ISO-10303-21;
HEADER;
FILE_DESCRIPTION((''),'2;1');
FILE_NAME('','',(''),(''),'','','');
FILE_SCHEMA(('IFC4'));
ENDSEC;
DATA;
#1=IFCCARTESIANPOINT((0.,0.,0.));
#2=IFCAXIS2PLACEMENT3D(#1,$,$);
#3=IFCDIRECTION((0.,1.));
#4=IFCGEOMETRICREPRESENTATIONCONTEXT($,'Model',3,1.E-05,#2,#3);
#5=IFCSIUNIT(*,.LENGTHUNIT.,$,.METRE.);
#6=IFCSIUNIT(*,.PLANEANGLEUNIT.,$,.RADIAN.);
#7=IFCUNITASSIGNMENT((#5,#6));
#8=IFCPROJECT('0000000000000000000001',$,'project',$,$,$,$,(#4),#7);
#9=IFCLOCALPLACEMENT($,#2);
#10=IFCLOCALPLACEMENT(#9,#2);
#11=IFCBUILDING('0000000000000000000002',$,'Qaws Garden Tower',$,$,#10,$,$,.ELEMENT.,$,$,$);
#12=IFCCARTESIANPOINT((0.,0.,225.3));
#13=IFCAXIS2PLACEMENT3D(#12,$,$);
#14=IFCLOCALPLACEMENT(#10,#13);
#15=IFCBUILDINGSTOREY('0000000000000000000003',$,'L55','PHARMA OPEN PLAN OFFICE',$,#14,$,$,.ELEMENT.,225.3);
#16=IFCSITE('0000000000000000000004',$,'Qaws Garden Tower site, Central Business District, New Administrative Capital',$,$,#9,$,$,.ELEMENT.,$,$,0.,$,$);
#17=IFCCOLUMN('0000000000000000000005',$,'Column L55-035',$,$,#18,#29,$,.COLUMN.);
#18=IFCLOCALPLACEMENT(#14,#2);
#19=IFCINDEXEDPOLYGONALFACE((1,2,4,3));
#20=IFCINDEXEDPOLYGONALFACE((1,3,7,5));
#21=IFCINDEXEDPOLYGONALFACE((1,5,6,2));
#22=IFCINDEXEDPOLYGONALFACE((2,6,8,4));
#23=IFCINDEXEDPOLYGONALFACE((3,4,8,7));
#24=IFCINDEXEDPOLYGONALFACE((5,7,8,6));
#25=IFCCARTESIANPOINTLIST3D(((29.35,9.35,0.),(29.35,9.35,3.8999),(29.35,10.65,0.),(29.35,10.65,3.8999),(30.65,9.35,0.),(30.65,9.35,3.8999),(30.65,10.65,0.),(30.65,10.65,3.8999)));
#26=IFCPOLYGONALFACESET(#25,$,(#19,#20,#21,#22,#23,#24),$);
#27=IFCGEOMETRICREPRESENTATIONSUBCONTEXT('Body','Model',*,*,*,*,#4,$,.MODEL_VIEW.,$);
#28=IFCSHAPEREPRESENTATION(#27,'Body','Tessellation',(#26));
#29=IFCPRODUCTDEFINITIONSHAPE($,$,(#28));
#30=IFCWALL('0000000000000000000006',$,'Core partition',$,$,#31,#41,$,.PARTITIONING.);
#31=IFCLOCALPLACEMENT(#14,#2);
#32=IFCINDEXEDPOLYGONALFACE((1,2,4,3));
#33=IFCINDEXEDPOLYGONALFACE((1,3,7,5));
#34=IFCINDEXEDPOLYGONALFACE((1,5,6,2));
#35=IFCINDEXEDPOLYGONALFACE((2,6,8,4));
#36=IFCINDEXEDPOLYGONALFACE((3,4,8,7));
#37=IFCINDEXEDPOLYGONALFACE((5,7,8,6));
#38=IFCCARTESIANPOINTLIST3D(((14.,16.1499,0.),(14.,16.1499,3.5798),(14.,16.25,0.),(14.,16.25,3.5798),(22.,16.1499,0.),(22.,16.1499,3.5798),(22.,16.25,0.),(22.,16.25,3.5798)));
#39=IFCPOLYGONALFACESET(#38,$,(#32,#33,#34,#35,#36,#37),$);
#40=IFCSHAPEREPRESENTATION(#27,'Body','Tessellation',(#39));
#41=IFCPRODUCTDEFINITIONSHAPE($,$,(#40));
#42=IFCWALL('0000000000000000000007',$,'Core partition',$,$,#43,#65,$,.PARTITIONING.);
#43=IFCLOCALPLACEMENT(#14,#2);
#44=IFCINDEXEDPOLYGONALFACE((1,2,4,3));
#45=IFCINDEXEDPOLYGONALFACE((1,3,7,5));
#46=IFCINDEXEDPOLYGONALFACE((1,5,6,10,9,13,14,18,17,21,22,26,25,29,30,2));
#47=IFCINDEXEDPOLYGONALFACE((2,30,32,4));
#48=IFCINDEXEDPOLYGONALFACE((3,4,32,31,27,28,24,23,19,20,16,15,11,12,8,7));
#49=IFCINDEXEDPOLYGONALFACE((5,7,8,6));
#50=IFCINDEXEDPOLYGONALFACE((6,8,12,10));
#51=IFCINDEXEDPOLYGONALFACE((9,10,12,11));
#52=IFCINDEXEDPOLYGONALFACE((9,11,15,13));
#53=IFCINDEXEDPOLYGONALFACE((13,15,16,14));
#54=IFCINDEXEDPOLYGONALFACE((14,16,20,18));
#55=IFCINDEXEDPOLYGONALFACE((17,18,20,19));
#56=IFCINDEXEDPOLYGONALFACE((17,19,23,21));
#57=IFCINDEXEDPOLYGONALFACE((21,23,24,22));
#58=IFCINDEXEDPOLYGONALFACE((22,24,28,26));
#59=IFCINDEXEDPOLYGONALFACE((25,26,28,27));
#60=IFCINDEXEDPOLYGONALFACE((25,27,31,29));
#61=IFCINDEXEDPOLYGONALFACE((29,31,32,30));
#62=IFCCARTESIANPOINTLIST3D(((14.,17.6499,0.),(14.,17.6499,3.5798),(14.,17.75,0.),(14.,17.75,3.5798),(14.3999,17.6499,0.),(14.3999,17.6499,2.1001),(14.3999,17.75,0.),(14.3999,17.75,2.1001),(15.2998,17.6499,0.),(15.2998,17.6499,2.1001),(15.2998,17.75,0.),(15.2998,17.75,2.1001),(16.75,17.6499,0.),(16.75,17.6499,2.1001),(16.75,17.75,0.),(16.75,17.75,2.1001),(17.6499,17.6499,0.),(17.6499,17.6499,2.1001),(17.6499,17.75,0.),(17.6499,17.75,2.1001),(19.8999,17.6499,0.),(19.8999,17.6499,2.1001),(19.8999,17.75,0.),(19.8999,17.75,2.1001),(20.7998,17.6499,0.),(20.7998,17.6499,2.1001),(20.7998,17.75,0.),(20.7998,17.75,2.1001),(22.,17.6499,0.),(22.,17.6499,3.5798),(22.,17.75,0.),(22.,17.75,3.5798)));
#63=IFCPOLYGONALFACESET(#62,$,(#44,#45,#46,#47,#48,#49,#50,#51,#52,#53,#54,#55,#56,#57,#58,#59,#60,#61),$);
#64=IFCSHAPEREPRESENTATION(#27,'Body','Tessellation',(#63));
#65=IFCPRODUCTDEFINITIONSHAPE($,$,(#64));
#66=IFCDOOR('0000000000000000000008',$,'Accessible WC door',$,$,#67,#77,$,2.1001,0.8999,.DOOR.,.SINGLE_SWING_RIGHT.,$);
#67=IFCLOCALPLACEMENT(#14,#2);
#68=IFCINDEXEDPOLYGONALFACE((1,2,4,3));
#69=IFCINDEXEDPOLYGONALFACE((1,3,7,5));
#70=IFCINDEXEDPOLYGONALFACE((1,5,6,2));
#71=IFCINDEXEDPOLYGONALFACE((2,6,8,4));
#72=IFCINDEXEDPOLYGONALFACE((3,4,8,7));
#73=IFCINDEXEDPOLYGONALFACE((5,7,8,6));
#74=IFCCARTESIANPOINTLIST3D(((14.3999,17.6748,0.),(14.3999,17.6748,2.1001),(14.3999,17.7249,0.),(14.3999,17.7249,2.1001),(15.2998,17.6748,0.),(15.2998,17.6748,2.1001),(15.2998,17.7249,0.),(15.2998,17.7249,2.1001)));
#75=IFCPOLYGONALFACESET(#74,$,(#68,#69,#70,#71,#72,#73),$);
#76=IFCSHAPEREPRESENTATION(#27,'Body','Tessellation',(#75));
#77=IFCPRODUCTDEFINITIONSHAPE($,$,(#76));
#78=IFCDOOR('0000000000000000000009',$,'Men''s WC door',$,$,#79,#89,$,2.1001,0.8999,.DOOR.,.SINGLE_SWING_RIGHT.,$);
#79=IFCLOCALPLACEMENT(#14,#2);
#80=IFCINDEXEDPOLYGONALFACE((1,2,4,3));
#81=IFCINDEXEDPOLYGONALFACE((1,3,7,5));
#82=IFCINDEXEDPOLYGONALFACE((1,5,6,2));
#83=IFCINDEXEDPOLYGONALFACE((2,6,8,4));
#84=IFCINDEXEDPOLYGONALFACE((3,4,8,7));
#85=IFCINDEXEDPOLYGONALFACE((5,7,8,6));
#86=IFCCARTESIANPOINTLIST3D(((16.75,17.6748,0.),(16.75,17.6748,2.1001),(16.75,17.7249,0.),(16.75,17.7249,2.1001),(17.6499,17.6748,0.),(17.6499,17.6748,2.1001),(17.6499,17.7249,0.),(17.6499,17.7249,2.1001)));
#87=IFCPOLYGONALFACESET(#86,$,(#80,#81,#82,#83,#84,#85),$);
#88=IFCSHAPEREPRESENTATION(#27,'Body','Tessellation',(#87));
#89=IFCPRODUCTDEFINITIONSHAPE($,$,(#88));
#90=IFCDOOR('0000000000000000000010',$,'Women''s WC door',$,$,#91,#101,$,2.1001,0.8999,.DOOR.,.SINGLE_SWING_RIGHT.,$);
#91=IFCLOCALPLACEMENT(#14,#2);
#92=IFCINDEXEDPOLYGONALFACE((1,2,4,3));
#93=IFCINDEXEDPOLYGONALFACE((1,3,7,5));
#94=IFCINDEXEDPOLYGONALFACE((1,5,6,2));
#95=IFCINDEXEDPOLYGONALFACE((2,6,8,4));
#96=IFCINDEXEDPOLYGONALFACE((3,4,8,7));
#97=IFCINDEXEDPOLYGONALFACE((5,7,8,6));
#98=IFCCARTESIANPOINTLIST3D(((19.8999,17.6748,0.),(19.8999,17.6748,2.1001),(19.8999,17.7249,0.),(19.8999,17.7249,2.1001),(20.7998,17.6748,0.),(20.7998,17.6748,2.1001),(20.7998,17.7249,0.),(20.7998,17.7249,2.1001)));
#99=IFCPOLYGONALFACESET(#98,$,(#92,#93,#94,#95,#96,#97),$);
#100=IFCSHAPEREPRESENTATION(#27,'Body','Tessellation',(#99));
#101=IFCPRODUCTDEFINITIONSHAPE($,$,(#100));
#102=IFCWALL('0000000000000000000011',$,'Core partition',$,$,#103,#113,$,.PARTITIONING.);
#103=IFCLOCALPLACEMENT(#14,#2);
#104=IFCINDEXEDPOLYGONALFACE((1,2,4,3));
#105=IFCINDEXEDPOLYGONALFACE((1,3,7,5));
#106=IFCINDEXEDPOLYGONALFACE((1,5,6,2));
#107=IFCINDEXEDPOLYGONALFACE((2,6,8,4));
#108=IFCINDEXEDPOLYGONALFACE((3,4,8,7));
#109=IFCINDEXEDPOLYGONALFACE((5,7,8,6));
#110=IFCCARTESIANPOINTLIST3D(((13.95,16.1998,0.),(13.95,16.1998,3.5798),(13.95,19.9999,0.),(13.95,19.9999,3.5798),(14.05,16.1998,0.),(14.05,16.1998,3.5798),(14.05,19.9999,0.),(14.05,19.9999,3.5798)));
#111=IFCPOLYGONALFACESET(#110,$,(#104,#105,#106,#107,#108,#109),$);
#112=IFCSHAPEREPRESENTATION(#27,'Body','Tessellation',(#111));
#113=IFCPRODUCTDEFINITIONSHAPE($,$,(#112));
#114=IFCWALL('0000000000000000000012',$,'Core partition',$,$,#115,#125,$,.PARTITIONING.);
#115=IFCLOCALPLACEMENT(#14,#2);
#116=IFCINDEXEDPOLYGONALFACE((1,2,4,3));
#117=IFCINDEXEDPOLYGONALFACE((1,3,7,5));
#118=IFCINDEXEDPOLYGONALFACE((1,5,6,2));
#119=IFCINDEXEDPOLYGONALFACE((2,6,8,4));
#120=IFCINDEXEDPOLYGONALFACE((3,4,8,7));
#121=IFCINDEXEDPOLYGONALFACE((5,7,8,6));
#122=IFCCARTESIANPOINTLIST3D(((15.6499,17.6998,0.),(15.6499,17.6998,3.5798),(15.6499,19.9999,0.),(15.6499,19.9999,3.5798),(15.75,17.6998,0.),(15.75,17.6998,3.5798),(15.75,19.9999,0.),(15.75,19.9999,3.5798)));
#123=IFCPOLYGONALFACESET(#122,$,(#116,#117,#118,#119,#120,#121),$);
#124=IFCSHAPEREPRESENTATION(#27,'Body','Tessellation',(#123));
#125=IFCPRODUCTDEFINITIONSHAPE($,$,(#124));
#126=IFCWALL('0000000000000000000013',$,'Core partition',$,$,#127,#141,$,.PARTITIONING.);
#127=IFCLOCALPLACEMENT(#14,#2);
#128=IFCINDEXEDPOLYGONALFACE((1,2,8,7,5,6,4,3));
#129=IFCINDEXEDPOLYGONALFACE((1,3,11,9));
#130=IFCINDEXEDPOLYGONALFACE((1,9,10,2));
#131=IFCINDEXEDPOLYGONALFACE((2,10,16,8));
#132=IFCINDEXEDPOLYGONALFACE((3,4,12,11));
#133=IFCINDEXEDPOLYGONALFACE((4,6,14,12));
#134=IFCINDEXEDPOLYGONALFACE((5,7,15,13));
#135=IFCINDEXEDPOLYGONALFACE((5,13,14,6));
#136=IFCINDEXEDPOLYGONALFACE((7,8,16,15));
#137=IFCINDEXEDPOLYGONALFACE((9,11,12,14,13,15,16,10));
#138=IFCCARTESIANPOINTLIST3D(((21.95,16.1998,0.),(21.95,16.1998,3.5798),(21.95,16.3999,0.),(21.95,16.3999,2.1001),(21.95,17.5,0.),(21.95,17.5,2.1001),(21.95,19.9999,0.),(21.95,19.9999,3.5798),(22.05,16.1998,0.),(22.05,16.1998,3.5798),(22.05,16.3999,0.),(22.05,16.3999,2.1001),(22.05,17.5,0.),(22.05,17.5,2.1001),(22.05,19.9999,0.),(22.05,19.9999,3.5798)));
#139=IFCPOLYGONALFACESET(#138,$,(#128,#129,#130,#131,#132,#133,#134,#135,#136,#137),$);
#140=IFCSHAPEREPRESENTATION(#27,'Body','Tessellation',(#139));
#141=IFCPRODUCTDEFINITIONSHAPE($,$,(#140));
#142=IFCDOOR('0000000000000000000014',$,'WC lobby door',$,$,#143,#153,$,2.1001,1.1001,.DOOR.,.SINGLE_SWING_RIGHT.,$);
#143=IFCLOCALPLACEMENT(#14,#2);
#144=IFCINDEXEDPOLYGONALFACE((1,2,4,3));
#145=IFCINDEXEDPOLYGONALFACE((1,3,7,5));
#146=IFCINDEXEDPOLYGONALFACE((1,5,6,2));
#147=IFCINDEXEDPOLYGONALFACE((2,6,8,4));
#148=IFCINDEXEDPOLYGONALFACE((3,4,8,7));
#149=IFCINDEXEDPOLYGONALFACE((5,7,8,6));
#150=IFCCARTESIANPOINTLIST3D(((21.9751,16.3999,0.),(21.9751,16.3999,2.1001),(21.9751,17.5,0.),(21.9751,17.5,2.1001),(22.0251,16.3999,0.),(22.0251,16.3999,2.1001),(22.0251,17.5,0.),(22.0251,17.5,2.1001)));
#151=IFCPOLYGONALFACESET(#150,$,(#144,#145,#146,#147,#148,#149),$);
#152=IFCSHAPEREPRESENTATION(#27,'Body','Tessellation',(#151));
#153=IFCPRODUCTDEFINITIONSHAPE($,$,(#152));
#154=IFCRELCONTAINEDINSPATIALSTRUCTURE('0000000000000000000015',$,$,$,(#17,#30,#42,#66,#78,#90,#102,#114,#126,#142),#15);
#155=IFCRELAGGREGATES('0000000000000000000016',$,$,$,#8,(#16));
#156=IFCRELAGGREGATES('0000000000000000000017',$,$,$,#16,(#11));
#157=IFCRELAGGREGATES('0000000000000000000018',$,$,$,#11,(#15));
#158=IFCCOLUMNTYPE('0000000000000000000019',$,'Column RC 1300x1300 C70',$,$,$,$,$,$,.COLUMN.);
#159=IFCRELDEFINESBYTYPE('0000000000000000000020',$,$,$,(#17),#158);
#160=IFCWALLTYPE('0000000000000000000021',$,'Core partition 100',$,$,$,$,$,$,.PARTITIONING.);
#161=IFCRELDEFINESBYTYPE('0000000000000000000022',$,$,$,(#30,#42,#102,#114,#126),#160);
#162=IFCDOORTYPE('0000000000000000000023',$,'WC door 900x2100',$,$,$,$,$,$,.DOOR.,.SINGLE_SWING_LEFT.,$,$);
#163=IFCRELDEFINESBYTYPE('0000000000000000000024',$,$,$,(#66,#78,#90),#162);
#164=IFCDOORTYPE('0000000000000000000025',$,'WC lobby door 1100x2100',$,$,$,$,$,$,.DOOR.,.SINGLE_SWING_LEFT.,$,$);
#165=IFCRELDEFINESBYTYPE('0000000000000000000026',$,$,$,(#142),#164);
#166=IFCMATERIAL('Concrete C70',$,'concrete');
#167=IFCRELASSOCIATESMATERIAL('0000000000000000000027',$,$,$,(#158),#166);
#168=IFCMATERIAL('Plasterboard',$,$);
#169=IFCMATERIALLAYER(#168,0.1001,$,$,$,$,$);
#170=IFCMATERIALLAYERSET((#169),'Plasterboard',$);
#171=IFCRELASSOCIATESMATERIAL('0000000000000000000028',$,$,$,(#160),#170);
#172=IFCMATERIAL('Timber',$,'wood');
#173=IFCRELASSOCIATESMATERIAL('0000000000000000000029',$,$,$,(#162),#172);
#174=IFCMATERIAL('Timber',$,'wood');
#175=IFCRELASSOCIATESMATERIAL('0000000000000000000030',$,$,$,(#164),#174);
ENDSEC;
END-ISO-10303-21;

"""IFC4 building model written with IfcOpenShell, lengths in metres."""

from ifc_helpers import new_model, si_unit, direction, frame, frame_2d, origin, origin_2d, place, context, subcontext, project, spatial, rectangle, extrude, material, layer, layer_set, material_profile, profile_set, type_object, element, fill, save


model = new_model("IFC4")

# Units and contexts
model_context = context("Model", 3, precision=1e-05, world=origin(), true_north=direction((0.0, 1.0)))
body_context = subcontext(model_context, "Body", "Model", "MODEL_VIEW")
ifc_project = project(units=[si_unit("LENGTHUNIT", "METRE"), si_unit("PLANEANGLEUNIT", "RADIAN")], contexts=[model_context])

# Site, building, storey
site_placement = place(None, origin())
site = spatial("IfcSite", under=ifc_project, at=site_placement, Name="Qaws Garden Tower site, Central Business District, New Administrative Capital", CompositionType="ELEMENT", RefElevation=0.0)
building_placement = place(site_placement, origin())
building = spatial("IfcBuilding", under=site, at=building_placement, Name="Qaws Garden Tower", CompositionType="ELEMENT")
storey_placement = place(building_placement, frame((0.0, 0.0, 225.3)))
storey = spatial("IfcBuildingStorey", under=building, at=storey_placement, Name="L55", Description="PHARMA OPEN PLAN OFFICE", CompositionType="ELEMENT", Elevation=225.3)

# Column
ifc_material_1 = material(Name="Concrete C70", Category="concrete")
ifc_material_profile = material_profile(ifc_material_1, rectangle(XDim=1.3, YDim=1.3, at=origin_2d()), Name="RC 1300x1300")
ifc_profile_set = profile_set([ifc_material_profile], Name="Concrete C70")
column_type = type_object("IfcColumnType", Name="Column RC 1300x1300 C70", PredefinedType="COLUMN", material=ifc_profile_set)
column_placement = place(storey_placement, frame((30.0, 10.0, 0.0), z_axis=(0.0, 0.0, 1.0), x_axis=(1.0, 0.0, 0.0)))
element("IfcColumn", 1, at=column_placement, inside=storey, type_object=column_type, Name="Column L55-035", PredefinedType="COLUMN", context=body_context, shape_type="SweptSolid", body=[
    extrude(rectangle(XDim=1.3, YDim=1.3, at=origin_2d()), origin(), (0.0, 0.0, 1.0), 3.8999),
])

# Wall
ifc_material_2 = material(Name="Plasterboard")
ifc_layer_1 = layer(ifc_material_2, 0.1001)
ifc_layer_set_1 = layer_set([ifc_layer_1], Name="Plasterboard")
wall_type_1 = type_object("IfcWallType", Name="Core partition 100", PredefinedType="PARTITIONING", material=ifc_layer_set_1)
wall_1_placement = place(storey_placement, frame((14.0, 16.2, 0.0), z_axis=(0.0, 0.0, 1.0), x_axis=(1.0, 0.0, 0.0)))
element("IfcWall", 2, at=wall_1_placement, inside=storey, type_object=wall_type_1, Name="Core partition", PredefinedType="PARTITIONING", context=body_context, shape_type="SweptSolid", body=[
    extrude(rectangle(XDim=8.0, YDim=0.1001, at=frame_2d((4.0, 0.0))), origin(), (0.0, 0.0, 1.0), 3.5798),
])

# Wall, openings, doors
wall_2_placement = place(storey_placement, frame((14.0, 17.7, 0.0), z_axis=(0.0, 0.0, 1.0), x_axis=(1.0, 0.0, 0.0)))
wall_2 = element("IfcWall", 3, at=wall_2_placement, inside=storey, type_object=wall_type_1, Name="Core partition", PredefinedType="PARTITIONING", context=body_context, shape_type="SweptSolid", body=[
    extrude(rectangle(XDim=8.0, YDim=0.1001, at=frame_2d((4.0, 0.0))), origin(), (0.0, 0.0, 1.0), 3.5798),
])
opening_1_placement = place(wall_2_placement, frame((0.3999, 0.0, 0.0)))
opening_1 = element("IfcOpeningElement", 4, at=opening_1_placement, cuts=wall_2, PredefinedType="OPENING", context=body_context, shape_type="SweptSolid", body=[
    extrude(rectangle(XDim=0.8999, YDim=2.1001, at=frame_2d((0.45, 1.05))), frame((0.0, 0.0601, 0.0), z_axis=(0.0, -1.0, 0.0), x_axis=(1.0, 0.0, 0.0)), (0.0, 0.0, 1.0), 0.1201),
])
opening_2_placement = place(wall_2_placement, frame((2.75, 0.0, 0.0)))
opening_2 = element("IfcOpeningElement", 5, at=opening_2_placement, cuts=wall_2, PredefinedType="OPENING", context=body_context, shape_type="SweptSolid", body=[
    extrude(rectangle(XDim=0.8999, YDim=2.1001, at=frame_2d((0.45, 1.05))), frame((0.0, 0.0601, 0.0), z_axis=(0.0, -1.0, 0.0), x_axis=(1.0, 0.0, 0.0)), (0.0, 0.0, 1.0), 0.1201),
])
opening_3_placement = place(wall_2_placement, frame((5.8999, 0.0, 0.0)))
opening_3 = element("IfcOpeningElement", 6, at=opening_3_placement, cuts=wall_2, PredefinedType="OPENING", context=body_context, shape_type="SweptSolid", body=[
    extrude(rectangle(XDim=0.8999, YDim=2.1001, at=frame_2d((0.45, 1.05))), frame((0.0, 0.0601, 0.0), z_axis=(0.0, -1.0, 0.0), x_axis=(1.0, 0.0, 0.0)), (0.0, 0.0, 1.0), 0.1201),
])
ifc_material_3 = material(Name="Timber", Category="wood")
door_type_1 = type_object("IfcDoorType", Name="WC door 900x2100", OperationType="SINGLE_SWING_LEFT", PredefinedType="DOOR", material=ifc_material_3)
door_1_placement = place(opening_1_placement, origin())
door_1 = element("IfcDoor", 7, at=door_1_placement, inside=storey, type_object=door_type_1, Name="Accessible WC door", OperationType="SINGLE_SWING_RIGHT", OverallHeight=2.1001, OverallWidth=0.8999, PredefinedType="DOOR", context=body_context, shape_type="SweptSolid", body=[
    extrude(rectangle(XDim=0.8999, YDim=2.1001, at=frame_2d((0.45, 1.05))), frame((0.0, 0.0249, 0.0), z_axis=(0.0, -1.0, 0.0), x_axis=(1.0, 0.0, 0.0)), (0.0, 0.0, 1.0), 0.05),
])
fill(opening_1, door_1)
door_2_placement = place(opening_2_placement, origin())
door_2 = element("IfcDoor", 8, at=door_2_placement, inside=storey, type_object=door_type_1, Name="Men's WC door", OperationType="SINGLE_SWING_RIGHT", OverallHeight=2.1001, OverallWidth=0.8999, PredefinedType="DOOR", context=body_context, shape_type="SweptSolid", body=[
    extrude(rectangle(XDim=0.8999, YDim=2.1001, at=frame_2d((0.45, 1.05))), frame((0.0, 0.0249, 0.0), z_axis=(0.0, -1.0, 0.0), x_axis=(1.0, 0.0, 0.0)), (0.0, 0.0, 1.0), 0.05),
])
fill(opening_2, door_2)
door_3_placement = place(opening_3_placement, origin())
door_3 = element("IfcDoor", 9, at=door_3_placement, inside=storey, type_object=door_type_1, Name="Women's WC door", OperationType="SINGLE_SWING_RIGHT", OverallHeight=2.1001, OverallWidth=0.8999, PredefinedType="DOOR", context=body_context, shape_type="SweptSolid", body=[
    extrude(rectangle(XDim=0.8999, YDim=2.1001, at=frame_2d((0.45, 1.05))), frame((0.0, 0.0249, 0.0), z_axis=(0.0, -1.0, 0.0), x_axis=(1.0, 0.0, 0.0)), (0.0, 0.0, 1.0), 0.05),
])
fill(opening_3, door_3)

# Walls
wall_3_placement = place(storey_placement, frame((14.0, 16.2, 0.0), z_axis=(0.0, 0.0, 1.0), x_axis=(0.0, 1.0, 0.0)))
element("IfcWall", 10, at=wall_3_placement, inside=storey, type_object=wall_type_1, Name="Core partition", PredefinedType="PARTITIONING", context=body_context, shape_type="SweptSolid", body=[
    extrude(rectangle(XDim=3.8, YDim=0.1001, at=frame_2d((1.8999, 0.0))), origin(), (0.0, 0.0, 1.0), 3.5798),
])
wall_4_placement = place(storey_placement, frame((15.7, 17.7, 0.0), z_axis=(0.0, 0.0, 1.0), x_axis=(0.0, 1.0, 0.0)))
element("IfcWall", 11, at=wall_4_placement, inside=storey, type_object=wall_type_1, Name="Core partition", PredefinedType="PARTITIONING", context=body_context, shape_type="SweptSolid", body=[
    extrude(rectangle(XDim=2.3, YDim=0.1001, at=frame_2d((1.1499, 0.0))), origin(), (0.0, 0.0, 1.0), 3.5798),
])

# Wall, opening, door
wall_5_placement = place(storey_placement, frame((22.0, 16.2, 0.0), z_axis=(0.0, 0.0, 1.0), x_axis=(0.0, 1.0, 0.0)))
wall_5 = element("IfcWall", 12, at=wall_5_placement, inside=storey, type_object=wall_type_1, Name="Core partition", PredefinedType="PARTITIONING", context=body_context, shape_type="SweptSolid", body=[
    extrude(rectangle(XDim=3.8, YDim=0.1001, at=frame_2d((1.8999, 0.0))), origin(), (0.0, 0.0, 1.0), 3.5798),
])
opening_4_placement = place(wall_5_placement, frame((0.2, 0.0, 0.0)))
opening_4 = element("IfcOpeningElement", 13, at=opening_4_placement, cuts=wall_5, PredefinedType="OPENING", context=body_context, shape_type="SweptSolid", body=[
    extrude(rectangle(XDim=1.1001, YDim=2.1001, at=frame_2d((0.55, 1.05))), frame((0.0, 0.0601, 0.0), z_axis=(0.0, -1.0, 0.0), x_axis=(1.0, 0.0, 0.0)), (0.0, 0.0, 1.0), 0.1201),
])
ifc_material_4 = material(Name="Timber", Category="wood")
door_type_2 = type_object("IfcDoorType", Name="WC lobby door 1100x2100", OperationType="SINGLE_SWING_LEFT", PredefinedType="DOOR", material=ifc_material_4)
door_4_placement = place(opening_4_placement, origin())
door_4 = element("IfcDoor", 14, at=door_4_placement, inside=storey, type_object=door_type_2, Name="WC lobby door", OperationType="SINGLE_SWING_RIGHT", OverallHeight=2.1001, OverallWidth=1.1001, PredefinedType="DOOR", context=body_context, shape_type="SweptSolid", body=[
    extrude(rectangle(XDim=1.1001, YDim=2.1001, at=frame_2d((0.55, 1.05))), frame((0.0, 0.0249, 0.0), z_axis=(0.0, -1.0, 0.0), x_axis=(1.0, 0.0, 0.0)), (0.0, 0.0, 1.0), 0.05),
])
fill(opening_4, door_4)

save(model, "model.ifc")
